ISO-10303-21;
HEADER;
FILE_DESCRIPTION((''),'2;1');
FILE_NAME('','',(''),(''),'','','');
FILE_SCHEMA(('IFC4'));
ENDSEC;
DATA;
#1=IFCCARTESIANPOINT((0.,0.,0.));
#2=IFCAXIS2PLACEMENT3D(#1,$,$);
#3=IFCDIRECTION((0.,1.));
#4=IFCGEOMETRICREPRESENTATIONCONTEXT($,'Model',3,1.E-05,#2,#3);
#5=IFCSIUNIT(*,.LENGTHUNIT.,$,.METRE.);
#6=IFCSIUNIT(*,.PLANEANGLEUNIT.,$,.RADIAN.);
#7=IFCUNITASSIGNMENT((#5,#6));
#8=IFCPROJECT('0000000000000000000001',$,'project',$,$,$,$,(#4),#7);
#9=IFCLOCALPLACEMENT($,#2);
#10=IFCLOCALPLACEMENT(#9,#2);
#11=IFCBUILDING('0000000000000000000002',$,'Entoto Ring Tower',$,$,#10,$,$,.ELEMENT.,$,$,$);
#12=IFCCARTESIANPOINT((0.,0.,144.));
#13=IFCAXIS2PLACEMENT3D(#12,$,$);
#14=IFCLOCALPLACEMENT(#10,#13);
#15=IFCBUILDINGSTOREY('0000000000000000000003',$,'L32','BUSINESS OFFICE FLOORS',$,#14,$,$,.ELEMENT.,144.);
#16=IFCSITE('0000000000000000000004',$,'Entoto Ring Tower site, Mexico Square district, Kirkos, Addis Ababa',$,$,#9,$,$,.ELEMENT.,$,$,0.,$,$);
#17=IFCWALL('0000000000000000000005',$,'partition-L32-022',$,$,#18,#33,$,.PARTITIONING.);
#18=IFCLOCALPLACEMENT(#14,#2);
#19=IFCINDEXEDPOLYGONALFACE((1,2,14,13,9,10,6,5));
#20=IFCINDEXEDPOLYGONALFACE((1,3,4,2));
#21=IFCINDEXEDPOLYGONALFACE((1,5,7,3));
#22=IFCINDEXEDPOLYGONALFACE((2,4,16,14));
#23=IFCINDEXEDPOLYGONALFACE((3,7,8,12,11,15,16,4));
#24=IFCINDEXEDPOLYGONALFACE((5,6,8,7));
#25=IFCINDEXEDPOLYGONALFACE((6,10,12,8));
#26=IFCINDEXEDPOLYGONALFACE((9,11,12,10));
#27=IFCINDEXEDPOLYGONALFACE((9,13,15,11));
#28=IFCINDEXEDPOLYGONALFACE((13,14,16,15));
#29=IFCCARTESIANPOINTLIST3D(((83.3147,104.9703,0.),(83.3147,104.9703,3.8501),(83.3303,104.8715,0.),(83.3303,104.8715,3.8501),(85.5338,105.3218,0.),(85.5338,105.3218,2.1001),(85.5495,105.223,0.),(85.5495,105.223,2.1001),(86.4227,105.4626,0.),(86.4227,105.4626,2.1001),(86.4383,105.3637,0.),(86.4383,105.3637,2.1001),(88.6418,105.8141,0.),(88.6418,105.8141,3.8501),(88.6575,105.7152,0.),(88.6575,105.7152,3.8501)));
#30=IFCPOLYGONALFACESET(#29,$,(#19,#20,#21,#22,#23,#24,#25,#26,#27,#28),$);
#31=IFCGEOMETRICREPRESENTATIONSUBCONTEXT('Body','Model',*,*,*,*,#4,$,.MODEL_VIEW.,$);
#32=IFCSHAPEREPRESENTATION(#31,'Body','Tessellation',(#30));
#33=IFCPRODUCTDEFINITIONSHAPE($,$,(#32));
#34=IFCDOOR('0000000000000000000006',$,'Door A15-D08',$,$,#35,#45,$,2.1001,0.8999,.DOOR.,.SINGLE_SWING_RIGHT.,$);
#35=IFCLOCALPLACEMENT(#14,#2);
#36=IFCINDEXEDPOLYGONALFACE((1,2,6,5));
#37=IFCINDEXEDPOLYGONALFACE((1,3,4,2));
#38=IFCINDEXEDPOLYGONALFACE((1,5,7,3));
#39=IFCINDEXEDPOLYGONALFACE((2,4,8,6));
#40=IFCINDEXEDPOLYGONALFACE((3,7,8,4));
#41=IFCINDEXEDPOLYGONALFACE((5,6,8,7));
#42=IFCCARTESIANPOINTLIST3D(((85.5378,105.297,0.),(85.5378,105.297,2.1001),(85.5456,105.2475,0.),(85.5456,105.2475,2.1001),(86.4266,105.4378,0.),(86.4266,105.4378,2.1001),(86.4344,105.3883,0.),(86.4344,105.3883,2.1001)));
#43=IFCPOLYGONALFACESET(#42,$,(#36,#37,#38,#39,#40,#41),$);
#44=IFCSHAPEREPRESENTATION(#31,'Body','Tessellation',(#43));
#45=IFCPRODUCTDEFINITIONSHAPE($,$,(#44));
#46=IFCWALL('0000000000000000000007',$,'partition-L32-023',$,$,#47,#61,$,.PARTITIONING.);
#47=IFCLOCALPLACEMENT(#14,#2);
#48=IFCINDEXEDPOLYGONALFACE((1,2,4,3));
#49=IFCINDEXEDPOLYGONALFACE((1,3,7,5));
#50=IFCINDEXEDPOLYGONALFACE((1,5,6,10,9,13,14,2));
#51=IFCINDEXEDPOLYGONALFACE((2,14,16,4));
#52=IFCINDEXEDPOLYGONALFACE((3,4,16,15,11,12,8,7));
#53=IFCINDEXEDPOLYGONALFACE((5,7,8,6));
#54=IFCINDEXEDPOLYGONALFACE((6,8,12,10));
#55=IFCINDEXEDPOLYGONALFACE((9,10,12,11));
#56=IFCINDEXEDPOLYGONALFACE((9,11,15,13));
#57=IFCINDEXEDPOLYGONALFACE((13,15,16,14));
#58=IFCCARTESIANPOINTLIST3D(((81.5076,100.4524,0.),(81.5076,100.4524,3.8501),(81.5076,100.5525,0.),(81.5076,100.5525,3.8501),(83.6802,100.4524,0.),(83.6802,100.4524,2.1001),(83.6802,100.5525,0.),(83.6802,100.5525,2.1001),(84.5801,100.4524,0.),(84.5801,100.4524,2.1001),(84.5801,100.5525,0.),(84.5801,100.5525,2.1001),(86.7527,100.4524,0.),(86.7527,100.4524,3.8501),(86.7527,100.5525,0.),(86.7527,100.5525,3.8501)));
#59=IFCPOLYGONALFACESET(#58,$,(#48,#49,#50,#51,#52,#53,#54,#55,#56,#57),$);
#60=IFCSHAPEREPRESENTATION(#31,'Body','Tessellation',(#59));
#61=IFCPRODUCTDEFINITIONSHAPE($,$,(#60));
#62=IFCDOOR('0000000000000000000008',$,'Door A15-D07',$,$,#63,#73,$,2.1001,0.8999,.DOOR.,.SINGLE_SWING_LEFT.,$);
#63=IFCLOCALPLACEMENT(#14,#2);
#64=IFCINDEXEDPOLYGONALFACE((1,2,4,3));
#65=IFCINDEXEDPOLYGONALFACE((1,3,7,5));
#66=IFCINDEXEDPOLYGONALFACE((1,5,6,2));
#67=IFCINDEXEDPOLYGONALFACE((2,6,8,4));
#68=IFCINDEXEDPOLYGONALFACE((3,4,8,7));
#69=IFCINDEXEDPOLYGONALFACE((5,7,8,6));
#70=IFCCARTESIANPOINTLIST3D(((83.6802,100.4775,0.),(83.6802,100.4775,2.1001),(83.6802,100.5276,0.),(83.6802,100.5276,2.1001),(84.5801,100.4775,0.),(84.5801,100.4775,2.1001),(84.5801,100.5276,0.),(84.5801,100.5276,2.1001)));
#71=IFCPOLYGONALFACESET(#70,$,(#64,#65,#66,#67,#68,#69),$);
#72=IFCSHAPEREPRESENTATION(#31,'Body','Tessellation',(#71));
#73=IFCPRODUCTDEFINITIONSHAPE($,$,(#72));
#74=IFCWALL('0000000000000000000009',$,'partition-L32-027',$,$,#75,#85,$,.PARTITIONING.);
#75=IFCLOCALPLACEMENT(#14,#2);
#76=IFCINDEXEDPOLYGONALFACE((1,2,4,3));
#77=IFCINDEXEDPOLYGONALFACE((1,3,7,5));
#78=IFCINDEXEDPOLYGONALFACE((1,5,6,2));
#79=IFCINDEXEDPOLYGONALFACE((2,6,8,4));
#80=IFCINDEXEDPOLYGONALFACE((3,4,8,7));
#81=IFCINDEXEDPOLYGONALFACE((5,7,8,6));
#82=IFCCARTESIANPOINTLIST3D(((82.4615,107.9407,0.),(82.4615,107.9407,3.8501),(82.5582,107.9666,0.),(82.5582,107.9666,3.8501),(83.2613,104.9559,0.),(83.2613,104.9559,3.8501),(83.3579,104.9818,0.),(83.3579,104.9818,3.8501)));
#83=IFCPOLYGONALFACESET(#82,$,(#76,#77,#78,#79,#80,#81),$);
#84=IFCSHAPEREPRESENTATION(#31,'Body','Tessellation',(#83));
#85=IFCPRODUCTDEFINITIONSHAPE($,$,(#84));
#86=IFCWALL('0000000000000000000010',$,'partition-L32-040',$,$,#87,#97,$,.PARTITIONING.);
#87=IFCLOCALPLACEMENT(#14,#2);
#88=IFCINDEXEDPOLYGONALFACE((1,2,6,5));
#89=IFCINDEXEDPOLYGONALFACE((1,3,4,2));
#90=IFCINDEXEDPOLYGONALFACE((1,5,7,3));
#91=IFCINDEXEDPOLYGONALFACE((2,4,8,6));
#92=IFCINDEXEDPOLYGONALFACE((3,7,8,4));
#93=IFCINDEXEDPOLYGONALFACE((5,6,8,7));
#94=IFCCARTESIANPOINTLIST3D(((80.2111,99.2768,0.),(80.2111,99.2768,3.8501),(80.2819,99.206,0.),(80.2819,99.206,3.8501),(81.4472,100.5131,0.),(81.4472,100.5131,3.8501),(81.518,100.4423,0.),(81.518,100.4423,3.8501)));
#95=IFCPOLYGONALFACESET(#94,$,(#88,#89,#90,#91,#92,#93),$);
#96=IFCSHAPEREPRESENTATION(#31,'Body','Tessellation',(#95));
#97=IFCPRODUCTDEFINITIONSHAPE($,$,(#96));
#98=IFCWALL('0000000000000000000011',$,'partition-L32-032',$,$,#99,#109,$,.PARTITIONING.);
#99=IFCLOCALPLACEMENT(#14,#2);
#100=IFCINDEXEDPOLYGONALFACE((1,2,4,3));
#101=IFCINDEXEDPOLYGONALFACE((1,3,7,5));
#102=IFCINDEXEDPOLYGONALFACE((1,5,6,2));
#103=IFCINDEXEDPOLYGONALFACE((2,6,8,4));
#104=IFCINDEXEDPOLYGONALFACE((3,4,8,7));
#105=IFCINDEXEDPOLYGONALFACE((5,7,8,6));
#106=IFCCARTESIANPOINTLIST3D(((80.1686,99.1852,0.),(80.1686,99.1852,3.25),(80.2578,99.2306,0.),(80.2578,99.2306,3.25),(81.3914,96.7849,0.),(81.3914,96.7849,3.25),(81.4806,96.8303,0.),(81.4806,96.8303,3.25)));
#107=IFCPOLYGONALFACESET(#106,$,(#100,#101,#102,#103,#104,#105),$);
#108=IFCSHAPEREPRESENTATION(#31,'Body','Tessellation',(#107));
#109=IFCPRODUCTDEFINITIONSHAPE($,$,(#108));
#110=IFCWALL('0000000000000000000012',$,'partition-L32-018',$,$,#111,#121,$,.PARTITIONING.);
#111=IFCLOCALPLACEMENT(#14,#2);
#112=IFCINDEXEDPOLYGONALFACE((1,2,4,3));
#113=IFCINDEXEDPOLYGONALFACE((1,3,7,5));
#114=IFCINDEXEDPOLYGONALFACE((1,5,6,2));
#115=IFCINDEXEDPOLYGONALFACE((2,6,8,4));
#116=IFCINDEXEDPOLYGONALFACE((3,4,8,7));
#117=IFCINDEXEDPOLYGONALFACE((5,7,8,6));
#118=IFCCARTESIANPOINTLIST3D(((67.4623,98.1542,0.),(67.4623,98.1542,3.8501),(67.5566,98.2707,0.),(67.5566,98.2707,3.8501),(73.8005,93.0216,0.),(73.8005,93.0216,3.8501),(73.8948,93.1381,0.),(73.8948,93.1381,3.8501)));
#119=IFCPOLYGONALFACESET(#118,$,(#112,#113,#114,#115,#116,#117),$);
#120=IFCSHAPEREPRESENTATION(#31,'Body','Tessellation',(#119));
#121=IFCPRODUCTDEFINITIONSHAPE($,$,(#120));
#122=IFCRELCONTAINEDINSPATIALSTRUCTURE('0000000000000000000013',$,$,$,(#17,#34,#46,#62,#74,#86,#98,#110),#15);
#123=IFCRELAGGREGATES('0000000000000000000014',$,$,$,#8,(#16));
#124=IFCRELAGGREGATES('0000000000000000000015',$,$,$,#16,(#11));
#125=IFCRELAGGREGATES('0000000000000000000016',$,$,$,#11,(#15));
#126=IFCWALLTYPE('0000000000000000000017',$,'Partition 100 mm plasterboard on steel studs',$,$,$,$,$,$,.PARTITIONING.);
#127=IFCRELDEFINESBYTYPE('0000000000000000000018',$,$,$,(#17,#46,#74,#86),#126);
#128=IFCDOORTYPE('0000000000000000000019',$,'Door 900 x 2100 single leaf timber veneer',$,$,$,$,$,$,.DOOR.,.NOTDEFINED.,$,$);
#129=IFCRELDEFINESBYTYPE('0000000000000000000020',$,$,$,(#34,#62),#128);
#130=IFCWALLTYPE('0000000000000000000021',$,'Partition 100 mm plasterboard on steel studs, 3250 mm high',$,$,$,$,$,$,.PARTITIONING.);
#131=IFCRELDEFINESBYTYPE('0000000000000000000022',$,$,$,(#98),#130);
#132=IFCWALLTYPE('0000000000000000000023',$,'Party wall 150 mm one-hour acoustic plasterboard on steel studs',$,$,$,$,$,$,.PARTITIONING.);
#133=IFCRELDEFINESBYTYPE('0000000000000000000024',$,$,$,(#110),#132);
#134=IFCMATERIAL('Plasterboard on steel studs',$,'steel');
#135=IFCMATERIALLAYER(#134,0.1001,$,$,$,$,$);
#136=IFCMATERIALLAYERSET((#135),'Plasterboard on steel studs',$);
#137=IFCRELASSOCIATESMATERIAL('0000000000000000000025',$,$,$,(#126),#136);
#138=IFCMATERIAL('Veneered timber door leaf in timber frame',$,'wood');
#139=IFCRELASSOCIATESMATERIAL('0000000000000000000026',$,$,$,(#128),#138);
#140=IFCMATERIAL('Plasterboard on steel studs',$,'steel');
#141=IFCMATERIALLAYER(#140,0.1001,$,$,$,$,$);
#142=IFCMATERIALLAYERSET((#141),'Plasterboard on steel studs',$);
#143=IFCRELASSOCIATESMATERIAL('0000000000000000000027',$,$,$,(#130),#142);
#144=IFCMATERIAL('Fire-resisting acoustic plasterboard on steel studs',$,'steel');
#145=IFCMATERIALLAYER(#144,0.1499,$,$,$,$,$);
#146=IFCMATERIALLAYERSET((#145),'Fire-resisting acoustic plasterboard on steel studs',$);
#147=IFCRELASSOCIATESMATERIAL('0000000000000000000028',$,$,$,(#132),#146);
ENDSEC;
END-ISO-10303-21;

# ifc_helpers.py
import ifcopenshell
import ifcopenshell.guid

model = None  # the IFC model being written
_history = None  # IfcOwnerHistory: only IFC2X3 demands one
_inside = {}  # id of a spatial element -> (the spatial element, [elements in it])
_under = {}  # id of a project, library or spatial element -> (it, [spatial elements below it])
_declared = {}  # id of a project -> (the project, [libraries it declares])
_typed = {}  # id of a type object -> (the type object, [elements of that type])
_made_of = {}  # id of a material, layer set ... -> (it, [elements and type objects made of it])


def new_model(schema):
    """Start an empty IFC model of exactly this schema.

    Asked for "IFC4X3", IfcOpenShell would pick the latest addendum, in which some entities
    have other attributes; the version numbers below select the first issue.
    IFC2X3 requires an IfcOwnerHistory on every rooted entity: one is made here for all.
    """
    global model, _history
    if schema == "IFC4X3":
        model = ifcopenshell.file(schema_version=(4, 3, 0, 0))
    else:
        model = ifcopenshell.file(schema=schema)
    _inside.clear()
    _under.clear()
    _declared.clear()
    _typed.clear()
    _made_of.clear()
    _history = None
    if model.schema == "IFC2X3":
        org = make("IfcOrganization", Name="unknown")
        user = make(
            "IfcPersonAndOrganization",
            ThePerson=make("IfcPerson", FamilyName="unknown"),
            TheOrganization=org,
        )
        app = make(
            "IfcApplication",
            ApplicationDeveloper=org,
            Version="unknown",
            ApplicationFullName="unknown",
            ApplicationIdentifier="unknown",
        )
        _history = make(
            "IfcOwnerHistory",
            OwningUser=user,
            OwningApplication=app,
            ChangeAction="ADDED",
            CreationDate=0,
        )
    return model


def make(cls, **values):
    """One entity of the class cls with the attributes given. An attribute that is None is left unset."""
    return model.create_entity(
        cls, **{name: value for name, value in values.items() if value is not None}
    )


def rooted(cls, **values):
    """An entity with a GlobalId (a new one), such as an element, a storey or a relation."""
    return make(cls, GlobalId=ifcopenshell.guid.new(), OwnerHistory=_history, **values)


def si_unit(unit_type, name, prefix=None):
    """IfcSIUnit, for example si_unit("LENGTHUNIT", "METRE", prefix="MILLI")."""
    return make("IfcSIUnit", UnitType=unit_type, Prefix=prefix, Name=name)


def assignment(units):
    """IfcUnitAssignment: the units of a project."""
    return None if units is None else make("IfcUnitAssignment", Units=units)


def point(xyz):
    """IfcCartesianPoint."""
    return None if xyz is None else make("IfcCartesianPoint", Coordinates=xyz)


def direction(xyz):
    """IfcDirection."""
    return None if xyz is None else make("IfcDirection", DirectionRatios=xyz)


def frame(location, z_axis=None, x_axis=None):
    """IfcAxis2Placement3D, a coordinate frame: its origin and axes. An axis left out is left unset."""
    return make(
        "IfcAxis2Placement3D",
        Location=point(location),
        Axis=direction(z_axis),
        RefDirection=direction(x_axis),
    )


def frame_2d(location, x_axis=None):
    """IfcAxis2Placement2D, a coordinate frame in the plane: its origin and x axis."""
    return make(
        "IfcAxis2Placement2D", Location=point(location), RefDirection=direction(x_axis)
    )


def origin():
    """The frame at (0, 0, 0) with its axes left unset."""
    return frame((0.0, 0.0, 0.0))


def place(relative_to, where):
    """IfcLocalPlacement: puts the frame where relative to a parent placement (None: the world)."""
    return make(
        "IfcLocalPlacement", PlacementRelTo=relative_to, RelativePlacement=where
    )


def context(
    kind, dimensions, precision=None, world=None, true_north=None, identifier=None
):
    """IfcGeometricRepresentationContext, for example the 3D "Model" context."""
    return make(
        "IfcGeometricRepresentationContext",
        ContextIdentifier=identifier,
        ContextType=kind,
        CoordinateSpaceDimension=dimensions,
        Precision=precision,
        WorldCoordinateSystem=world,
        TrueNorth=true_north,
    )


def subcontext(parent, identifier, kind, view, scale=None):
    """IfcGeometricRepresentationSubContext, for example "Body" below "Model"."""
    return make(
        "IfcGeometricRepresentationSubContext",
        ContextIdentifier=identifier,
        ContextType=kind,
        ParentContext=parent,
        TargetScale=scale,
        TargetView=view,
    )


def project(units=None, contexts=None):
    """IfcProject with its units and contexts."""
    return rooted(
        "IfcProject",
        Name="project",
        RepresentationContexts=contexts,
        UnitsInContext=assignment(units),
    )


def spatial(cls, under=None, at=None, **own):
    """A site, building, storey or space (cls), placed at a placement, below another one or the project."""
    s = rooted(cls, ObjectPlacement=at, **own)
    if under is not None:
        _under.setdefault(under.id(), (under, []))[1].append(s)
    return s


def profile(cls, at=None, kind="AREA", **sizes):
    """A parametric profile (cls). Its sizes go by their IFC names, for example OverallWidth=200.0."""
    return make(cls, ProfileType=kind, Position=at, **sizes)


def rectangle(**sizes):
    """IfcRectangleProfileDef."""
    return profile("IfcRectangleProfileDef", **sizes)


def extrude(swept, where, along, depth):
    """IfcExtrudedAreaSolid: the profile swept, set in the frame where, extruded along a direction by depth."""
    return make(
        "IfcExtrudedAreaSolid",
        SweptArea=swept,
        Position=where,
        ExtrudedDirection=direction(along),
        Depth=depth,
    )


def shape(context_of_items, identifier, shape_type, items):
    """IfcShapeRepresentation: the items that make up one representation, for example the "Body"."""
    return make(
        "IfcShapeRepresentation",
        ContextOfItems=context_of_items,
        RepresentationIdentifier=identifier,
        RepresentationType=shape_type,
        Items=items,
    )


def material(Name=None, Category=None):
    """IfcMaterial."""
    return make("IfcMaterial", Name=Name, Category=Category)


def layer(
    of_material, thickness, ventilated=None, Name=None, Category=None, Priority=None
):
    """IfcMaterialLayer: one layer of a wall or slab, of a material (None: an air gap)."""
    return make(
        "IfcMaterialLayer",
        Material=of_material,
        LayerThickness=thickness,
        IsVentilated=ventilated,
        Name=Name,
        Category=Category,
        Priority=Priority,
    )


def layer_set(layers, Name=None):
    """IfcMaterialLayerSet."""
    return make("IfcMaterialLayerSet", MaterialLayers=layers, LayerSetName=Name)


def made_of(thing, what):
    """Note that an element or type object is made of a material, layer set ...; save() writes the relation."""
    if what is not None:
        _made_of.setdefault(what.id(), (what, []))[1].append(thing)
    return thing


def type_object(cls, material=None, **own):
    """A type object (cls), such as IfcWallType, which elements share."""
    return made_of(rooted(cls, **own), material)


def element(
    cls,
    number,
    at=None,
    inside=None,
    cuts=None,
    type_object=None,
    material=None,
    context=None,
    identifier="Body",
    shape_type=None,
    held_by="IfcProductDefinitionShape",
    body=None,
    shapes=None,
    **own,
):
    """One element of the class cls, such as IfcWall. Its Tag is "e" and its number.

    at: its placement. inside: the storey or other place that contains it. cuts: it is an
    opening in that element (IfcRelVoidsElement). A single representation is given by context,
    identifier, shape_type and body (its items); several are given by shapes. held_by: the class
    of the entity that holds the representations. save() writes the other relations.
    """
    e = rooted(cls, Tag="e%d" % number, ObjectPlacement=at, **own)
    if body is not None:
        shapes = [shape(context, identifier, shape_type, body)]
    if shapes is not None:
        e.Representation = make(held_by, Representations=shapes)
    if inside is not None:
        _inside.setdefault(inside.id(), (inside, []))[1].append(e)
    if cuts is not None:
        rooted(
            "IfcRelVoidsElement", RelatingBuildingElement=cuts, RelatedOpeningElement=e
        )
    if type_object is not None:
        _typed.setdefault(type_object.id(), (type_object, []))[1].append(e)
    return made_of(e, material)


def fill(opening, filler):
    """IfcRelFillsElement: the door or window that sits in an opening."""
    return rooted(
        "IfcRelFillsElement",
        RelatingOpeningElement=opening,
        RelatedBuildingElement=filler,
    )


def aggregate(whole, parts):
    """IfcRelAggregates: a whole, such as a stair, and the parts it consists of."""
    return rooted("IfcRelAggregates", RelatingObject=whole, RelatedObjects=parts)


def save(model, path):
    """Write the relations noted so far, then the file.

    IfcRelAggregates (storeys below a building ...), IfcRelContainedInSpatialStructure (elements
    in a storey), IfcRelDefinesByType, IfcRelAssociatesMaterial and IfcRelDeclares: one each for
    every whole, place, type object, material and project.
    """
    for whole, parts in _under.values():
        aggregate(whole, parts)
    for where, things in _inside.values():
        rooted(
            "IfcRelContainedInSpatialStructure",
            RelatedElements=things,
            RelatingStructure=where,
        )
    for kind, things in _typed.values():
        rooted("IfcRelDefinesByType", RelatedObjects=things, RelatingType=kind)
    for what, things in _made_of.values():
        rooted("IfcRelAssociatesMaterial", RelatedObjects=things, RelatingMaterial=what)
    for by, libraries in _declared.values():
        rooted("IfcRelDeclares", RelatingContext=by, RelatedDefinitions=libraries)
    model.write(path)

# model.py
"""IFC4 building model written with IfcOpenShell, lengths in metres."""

from ifc_helpers import new_model, si_unit, direction, frame, frame_2d, origin, place, context, subcontext, project, spatial, rectangle, extrude, material, layer, layer_set, type_object, element, fill, save


model = new_model("IFC4")

# Units and contexts
model_context = context("Model", 3, precision=1e-05, world=origin(), true_north=direction((0.0, 1.0)))
body_context = subcontext(model_context, "Body", "Model", "MODEL_VIEW")
ifc_project = project(units=[si_unit("LENGTHUNIT", "METRE"), si_unit("PLANEANGLEUNIT", "RADIAN")], contexts=[model_context])

# Site, building, storey
site_placement = place(None, origin())
site = spatial("IfcSite", under=ifc_project, at=site_placement, Name="Entoto Ring Tower site, Mexico Square district, Kirkos, Addis Ababa", CompositionType="ELEMENT", RefElevation=0.0)
building_placement = place(site_placement, origin())
building = spatial("IfcBuilding", under=site, at=building_placement, Name="Entoto Ring Tower", CompositionType="ELEMENT")
storey_placement = place(building_placement, frame((0.0, 0.0, 144.0)))
storey = spatial("IfcBuildingStorey", under=building, at=storey_placement, Name="L32", Description="BUSINESS OFFICE FLOORS", CompositionType="ELEMENT", Elevation=144.0)

# Walls, openings, doors
ifc_material_1 = material(Name="Plasterboard on steel studs", Category="steel")
ifc_layer_1 = layer(ifc_material_1, 0.1001)
ifc_layer_set_1 = layer_set([ifc_layer_1], Name="Plasterboard on steel studs")
wall_type_1 = type_object("IfcWallType", Name="Partition 100 mm plasterboard on steel studs", PredefinedType="PARTITIONING", material=ifc_layer_set_1)
wall_1_placement = place(storey_placement, frame((83.3225, 104.9209, 0.0), z_axis=(0.0, 0.0, 1.0), x_axis=(0.987688, 0.156437, 0.0)))
wall_1 = element("IfcWall", 1, at=wall_1_placement, inside=storey, type_object=wall_type_1, Name="partition-L32-022", PredefinedType="PARTITIONING", context=body_context, shape_type="SweptSolid", body=[
    extrude(rectangle(XDim=5.3936, YDim=0.1001, at=frame_2d((2.6968, 0.0))), origin(), (0.0, 0.0, 1.0), 3.8501),
])
opening_1_placement = place(wall_1_placement, frame((2.2468, 0.0, 0.0)))
opening_1 = element("IfcOpeningElement", 2, at=opening_1_placement, cuts=wall_1, PredefinedType="OPENING", context=body_context, shape_type="SweptSolid", body=[
    extrude(rectangle(XDim=0.8999, YDim=2.1001, at=frame_2d((0.45, 1.05))), frame((0.0, 0.0601, 0.0), z_axis=(0.0, -1.0, 0.0), x_axis=(1.0, 0.0, 0.0)), (0.0, 0.0, 1.0), 0.1201),
])
ifc_material_2 = material(Name="Veneered timber door leaf in timber frame", Category="wood")
door_type_1 = type_object("IfcDoorType", Name="Door 900 x 2100 single leaf timber veneer", OperationType="NOTDEFINED", PredefinedType="DOOR", material=ifc_material_2)
door_1_placement = place(opening_1_placement, origin())
door_1 = element("IfcDoor", 3, at=door_1_placement, inside=storey, type_object=door_type_1, Name="Door A15-D08", OperationType="SINGLE_SWING_RIGHT", OverallHeight=2.1001, OverallWidth=0.8999, PredefinedType="DOOR", context=body_context, shape_type="SweptSolid", body=[
    extrude(rectangle(XDim=0.8999, YDim=2.1001, at=frame_2d((0.45, 1.05))), frame((0.0, 0.0249, 0.0), z_axis=(0.0, -1.0, 0.0), x_axis=(1.0, 0.0, 0.0)), (0.0, 0.0, 1.0), 0.05),
])
fill(opening_1, door_1)
wall_2_placement = place(storey_placement, frame((81.5076, 100.5024, 0.0), z_axis=(0.0, 0.0, 1.0), x_axis=(1.0, 0.0, 0.0)))
wall_2 = element("IfcWall", 4, at=wall_2_placement, inside=storey, type_object=wall_type_1, Name="partition-L32-023", PredefinedType="PARTITIONING", context=body_context, shape_type="SweptSolid", body=[
    extrude(rectangle(XDim=5.2451, YDim=0.1001, at=frame_2d((2.6226, 0.0))), origin(), (0.0, 0.0, 1.0), 3.8501),
])
opening_2_placement = place(wall_2_placement, frame((2.1726, 0.0, 0.0)))
opening_2 = element("IfcOpeningElement", 5, at=opening_2_placement, cuts=wall_2, PredefinedType="OPENING", context=body_context, shape_type="SweptSolid", body=[
    extrude(rectangle(XDim=0.8999, YDim=2.1001, at=frame_2d((0.45, 1.05))), frame((0.0, 0.0601, 0.0), z_axis=(0.0, -1.0, 0.0), x_axis=(1.0, 0.0, 0.0)), (0.0, 0.0, 1.0), 0.1201),
])
door_2_placement = place(opening_2_placement, frame((0.8999, 0.0, 0.0), z_axis=(0.0, 0.0, 1.0), x_axis=(-1.0, 0.0, 0.0)))
door_2 = element("IfcDoor", 6, at=door_2_placement, inside=storey, type_object=door_type_1, Name="Door A15-D07", OperationType="SINGLE_SWING_LEFT", OverallHeight=2.1001, OverallWidth=0.8999, PredefinedType="DOOR", context=body_context, shape_type="SweptSolid", body=[
    extrude(rectangle(XDim=0.8999, YDim=2.1001, at=frame_2d((0.45, 1.05))), frame((0.0, 0.0249, 0.0), z_axis=(0.0, -1.0, 0.0), x_axis=(1.0, 0.0, 0.0)), (0.0, 0.0, 1.0), 0.05),
])
fill(opening_2, door_2)

# Walls
wall_3_placement = place(storey_placement, frame((83.3096, 104.969, 0.0), z_axis=(0.0, 0.0, 1.0), x_axis=(-0.258823, 0.965925, 0.0)))
element("IfcWall", 7, at=wall_3_placement, inside=storey, type_object=wall_type_1, Name="partition-L32-027", PredefinedType="PARTITIONING", context=body_context, shape_type="SweptSolid", body=[
    extrude(rectangle(XDim=3.0901, YDim=0.1001, at=frame_2d((1.5449, 0.0))), origin(), (0.0, 0.0, 1.0), 3.8501),
])
wall_4_placement = place(storey_placement, frame((80.2466, 99.2415, 0.0), z_axis=(0.0, 0.0, 1.0), x_axis=(0.707037, 0.707177, 0.0)))
element("IfcWall", 8, at=wall_4_placement, inside=storey, type_object=wall_type_1, Name="partition-L32-040", PredefinedType="PARTITIONING", context=body_context, shape_type="SweptSolid", body=[
    extrude(rectangle(XDim=1.7483, YDim=0.1001, at=frame_2d((0.874, 0.0))), origin(), (0.0, 0.0, 1.0), 3.8501),
])
ifc_material_3 = material(Name="Plasterboard on steel studs", Category="steel")
ifc_layer_2 = layer(ifc_material_3, 0.1001)
ifc_layer_set_2 = layer_set([ifc_layer_2], Name="Plasterboard on steel studs")
wall_type_2 = type_object("IfcWallType", Name="Partition 100 mm plasterboard on steel studs, 3250 mm high", PredefinedType="PARTITIONING", material=ifc_layer_set_2)
wall_5_placement = place(storey_placement, frame((81.436, 96.8076, 0.0), z_axis=(0.0, 0.0, 1.0), x_axis=(-0.453943, 0.891031, 0.0)))
element("IfcWall", 9, at=wall_5_placement, inside=storey, type_object=wall_type_2, Name="partition-L32-032", PredefinedType="PARTITIONING", context=body_context, shape_type="SweptSolid", body=[
    extrude(rectangle(XDim=2.6938, YDim=0.1001, at=frame_2d((1.3469, 0.0))), origin(), (0.0, 0.0, 1.0), 3.25),
])
ifc_material_4 = material(Name="Fire-resisting acoustic plasterboard on steel studs", Category="steel")
ifc_layer_3 = layer(ifc_material_4, 0.1499)
ifc_layer_set_3 = layer_set([ifc_layer_3], Name="Fire-resisting acoustic plasterboard on steel studs")
wall_type_3 = type_object("IfcWallType", Name="Party wall 150 mm one-hour acoustic plasterboard on steel studs", PredefinedType="PARTITIONING", material=ifc_layer_set_3)
wall_6_placement = place(storey_placement, frame((73.8477, 93.0798, 0.0), z_axis=(0.0, 0.0, 1.0), x_axis=(-0.777143, 0.629324, 0.0)))
element("IfcWall", 10, at=wall_6_placement, inside=storey, type_object=wall_type_3, Name="partition-L32-018", PredefinedType="PARTITIONING", context=body_context, shape_type="SweptSolid", body=[
    extrude(rectangle(XDim=8.1558, YDim=0.1499, at=frame_2d((4.0779, 0.0))), origin(), (0.0, 0.0, 1.0), 3.8501),
])

save(model, "model.ifc")
